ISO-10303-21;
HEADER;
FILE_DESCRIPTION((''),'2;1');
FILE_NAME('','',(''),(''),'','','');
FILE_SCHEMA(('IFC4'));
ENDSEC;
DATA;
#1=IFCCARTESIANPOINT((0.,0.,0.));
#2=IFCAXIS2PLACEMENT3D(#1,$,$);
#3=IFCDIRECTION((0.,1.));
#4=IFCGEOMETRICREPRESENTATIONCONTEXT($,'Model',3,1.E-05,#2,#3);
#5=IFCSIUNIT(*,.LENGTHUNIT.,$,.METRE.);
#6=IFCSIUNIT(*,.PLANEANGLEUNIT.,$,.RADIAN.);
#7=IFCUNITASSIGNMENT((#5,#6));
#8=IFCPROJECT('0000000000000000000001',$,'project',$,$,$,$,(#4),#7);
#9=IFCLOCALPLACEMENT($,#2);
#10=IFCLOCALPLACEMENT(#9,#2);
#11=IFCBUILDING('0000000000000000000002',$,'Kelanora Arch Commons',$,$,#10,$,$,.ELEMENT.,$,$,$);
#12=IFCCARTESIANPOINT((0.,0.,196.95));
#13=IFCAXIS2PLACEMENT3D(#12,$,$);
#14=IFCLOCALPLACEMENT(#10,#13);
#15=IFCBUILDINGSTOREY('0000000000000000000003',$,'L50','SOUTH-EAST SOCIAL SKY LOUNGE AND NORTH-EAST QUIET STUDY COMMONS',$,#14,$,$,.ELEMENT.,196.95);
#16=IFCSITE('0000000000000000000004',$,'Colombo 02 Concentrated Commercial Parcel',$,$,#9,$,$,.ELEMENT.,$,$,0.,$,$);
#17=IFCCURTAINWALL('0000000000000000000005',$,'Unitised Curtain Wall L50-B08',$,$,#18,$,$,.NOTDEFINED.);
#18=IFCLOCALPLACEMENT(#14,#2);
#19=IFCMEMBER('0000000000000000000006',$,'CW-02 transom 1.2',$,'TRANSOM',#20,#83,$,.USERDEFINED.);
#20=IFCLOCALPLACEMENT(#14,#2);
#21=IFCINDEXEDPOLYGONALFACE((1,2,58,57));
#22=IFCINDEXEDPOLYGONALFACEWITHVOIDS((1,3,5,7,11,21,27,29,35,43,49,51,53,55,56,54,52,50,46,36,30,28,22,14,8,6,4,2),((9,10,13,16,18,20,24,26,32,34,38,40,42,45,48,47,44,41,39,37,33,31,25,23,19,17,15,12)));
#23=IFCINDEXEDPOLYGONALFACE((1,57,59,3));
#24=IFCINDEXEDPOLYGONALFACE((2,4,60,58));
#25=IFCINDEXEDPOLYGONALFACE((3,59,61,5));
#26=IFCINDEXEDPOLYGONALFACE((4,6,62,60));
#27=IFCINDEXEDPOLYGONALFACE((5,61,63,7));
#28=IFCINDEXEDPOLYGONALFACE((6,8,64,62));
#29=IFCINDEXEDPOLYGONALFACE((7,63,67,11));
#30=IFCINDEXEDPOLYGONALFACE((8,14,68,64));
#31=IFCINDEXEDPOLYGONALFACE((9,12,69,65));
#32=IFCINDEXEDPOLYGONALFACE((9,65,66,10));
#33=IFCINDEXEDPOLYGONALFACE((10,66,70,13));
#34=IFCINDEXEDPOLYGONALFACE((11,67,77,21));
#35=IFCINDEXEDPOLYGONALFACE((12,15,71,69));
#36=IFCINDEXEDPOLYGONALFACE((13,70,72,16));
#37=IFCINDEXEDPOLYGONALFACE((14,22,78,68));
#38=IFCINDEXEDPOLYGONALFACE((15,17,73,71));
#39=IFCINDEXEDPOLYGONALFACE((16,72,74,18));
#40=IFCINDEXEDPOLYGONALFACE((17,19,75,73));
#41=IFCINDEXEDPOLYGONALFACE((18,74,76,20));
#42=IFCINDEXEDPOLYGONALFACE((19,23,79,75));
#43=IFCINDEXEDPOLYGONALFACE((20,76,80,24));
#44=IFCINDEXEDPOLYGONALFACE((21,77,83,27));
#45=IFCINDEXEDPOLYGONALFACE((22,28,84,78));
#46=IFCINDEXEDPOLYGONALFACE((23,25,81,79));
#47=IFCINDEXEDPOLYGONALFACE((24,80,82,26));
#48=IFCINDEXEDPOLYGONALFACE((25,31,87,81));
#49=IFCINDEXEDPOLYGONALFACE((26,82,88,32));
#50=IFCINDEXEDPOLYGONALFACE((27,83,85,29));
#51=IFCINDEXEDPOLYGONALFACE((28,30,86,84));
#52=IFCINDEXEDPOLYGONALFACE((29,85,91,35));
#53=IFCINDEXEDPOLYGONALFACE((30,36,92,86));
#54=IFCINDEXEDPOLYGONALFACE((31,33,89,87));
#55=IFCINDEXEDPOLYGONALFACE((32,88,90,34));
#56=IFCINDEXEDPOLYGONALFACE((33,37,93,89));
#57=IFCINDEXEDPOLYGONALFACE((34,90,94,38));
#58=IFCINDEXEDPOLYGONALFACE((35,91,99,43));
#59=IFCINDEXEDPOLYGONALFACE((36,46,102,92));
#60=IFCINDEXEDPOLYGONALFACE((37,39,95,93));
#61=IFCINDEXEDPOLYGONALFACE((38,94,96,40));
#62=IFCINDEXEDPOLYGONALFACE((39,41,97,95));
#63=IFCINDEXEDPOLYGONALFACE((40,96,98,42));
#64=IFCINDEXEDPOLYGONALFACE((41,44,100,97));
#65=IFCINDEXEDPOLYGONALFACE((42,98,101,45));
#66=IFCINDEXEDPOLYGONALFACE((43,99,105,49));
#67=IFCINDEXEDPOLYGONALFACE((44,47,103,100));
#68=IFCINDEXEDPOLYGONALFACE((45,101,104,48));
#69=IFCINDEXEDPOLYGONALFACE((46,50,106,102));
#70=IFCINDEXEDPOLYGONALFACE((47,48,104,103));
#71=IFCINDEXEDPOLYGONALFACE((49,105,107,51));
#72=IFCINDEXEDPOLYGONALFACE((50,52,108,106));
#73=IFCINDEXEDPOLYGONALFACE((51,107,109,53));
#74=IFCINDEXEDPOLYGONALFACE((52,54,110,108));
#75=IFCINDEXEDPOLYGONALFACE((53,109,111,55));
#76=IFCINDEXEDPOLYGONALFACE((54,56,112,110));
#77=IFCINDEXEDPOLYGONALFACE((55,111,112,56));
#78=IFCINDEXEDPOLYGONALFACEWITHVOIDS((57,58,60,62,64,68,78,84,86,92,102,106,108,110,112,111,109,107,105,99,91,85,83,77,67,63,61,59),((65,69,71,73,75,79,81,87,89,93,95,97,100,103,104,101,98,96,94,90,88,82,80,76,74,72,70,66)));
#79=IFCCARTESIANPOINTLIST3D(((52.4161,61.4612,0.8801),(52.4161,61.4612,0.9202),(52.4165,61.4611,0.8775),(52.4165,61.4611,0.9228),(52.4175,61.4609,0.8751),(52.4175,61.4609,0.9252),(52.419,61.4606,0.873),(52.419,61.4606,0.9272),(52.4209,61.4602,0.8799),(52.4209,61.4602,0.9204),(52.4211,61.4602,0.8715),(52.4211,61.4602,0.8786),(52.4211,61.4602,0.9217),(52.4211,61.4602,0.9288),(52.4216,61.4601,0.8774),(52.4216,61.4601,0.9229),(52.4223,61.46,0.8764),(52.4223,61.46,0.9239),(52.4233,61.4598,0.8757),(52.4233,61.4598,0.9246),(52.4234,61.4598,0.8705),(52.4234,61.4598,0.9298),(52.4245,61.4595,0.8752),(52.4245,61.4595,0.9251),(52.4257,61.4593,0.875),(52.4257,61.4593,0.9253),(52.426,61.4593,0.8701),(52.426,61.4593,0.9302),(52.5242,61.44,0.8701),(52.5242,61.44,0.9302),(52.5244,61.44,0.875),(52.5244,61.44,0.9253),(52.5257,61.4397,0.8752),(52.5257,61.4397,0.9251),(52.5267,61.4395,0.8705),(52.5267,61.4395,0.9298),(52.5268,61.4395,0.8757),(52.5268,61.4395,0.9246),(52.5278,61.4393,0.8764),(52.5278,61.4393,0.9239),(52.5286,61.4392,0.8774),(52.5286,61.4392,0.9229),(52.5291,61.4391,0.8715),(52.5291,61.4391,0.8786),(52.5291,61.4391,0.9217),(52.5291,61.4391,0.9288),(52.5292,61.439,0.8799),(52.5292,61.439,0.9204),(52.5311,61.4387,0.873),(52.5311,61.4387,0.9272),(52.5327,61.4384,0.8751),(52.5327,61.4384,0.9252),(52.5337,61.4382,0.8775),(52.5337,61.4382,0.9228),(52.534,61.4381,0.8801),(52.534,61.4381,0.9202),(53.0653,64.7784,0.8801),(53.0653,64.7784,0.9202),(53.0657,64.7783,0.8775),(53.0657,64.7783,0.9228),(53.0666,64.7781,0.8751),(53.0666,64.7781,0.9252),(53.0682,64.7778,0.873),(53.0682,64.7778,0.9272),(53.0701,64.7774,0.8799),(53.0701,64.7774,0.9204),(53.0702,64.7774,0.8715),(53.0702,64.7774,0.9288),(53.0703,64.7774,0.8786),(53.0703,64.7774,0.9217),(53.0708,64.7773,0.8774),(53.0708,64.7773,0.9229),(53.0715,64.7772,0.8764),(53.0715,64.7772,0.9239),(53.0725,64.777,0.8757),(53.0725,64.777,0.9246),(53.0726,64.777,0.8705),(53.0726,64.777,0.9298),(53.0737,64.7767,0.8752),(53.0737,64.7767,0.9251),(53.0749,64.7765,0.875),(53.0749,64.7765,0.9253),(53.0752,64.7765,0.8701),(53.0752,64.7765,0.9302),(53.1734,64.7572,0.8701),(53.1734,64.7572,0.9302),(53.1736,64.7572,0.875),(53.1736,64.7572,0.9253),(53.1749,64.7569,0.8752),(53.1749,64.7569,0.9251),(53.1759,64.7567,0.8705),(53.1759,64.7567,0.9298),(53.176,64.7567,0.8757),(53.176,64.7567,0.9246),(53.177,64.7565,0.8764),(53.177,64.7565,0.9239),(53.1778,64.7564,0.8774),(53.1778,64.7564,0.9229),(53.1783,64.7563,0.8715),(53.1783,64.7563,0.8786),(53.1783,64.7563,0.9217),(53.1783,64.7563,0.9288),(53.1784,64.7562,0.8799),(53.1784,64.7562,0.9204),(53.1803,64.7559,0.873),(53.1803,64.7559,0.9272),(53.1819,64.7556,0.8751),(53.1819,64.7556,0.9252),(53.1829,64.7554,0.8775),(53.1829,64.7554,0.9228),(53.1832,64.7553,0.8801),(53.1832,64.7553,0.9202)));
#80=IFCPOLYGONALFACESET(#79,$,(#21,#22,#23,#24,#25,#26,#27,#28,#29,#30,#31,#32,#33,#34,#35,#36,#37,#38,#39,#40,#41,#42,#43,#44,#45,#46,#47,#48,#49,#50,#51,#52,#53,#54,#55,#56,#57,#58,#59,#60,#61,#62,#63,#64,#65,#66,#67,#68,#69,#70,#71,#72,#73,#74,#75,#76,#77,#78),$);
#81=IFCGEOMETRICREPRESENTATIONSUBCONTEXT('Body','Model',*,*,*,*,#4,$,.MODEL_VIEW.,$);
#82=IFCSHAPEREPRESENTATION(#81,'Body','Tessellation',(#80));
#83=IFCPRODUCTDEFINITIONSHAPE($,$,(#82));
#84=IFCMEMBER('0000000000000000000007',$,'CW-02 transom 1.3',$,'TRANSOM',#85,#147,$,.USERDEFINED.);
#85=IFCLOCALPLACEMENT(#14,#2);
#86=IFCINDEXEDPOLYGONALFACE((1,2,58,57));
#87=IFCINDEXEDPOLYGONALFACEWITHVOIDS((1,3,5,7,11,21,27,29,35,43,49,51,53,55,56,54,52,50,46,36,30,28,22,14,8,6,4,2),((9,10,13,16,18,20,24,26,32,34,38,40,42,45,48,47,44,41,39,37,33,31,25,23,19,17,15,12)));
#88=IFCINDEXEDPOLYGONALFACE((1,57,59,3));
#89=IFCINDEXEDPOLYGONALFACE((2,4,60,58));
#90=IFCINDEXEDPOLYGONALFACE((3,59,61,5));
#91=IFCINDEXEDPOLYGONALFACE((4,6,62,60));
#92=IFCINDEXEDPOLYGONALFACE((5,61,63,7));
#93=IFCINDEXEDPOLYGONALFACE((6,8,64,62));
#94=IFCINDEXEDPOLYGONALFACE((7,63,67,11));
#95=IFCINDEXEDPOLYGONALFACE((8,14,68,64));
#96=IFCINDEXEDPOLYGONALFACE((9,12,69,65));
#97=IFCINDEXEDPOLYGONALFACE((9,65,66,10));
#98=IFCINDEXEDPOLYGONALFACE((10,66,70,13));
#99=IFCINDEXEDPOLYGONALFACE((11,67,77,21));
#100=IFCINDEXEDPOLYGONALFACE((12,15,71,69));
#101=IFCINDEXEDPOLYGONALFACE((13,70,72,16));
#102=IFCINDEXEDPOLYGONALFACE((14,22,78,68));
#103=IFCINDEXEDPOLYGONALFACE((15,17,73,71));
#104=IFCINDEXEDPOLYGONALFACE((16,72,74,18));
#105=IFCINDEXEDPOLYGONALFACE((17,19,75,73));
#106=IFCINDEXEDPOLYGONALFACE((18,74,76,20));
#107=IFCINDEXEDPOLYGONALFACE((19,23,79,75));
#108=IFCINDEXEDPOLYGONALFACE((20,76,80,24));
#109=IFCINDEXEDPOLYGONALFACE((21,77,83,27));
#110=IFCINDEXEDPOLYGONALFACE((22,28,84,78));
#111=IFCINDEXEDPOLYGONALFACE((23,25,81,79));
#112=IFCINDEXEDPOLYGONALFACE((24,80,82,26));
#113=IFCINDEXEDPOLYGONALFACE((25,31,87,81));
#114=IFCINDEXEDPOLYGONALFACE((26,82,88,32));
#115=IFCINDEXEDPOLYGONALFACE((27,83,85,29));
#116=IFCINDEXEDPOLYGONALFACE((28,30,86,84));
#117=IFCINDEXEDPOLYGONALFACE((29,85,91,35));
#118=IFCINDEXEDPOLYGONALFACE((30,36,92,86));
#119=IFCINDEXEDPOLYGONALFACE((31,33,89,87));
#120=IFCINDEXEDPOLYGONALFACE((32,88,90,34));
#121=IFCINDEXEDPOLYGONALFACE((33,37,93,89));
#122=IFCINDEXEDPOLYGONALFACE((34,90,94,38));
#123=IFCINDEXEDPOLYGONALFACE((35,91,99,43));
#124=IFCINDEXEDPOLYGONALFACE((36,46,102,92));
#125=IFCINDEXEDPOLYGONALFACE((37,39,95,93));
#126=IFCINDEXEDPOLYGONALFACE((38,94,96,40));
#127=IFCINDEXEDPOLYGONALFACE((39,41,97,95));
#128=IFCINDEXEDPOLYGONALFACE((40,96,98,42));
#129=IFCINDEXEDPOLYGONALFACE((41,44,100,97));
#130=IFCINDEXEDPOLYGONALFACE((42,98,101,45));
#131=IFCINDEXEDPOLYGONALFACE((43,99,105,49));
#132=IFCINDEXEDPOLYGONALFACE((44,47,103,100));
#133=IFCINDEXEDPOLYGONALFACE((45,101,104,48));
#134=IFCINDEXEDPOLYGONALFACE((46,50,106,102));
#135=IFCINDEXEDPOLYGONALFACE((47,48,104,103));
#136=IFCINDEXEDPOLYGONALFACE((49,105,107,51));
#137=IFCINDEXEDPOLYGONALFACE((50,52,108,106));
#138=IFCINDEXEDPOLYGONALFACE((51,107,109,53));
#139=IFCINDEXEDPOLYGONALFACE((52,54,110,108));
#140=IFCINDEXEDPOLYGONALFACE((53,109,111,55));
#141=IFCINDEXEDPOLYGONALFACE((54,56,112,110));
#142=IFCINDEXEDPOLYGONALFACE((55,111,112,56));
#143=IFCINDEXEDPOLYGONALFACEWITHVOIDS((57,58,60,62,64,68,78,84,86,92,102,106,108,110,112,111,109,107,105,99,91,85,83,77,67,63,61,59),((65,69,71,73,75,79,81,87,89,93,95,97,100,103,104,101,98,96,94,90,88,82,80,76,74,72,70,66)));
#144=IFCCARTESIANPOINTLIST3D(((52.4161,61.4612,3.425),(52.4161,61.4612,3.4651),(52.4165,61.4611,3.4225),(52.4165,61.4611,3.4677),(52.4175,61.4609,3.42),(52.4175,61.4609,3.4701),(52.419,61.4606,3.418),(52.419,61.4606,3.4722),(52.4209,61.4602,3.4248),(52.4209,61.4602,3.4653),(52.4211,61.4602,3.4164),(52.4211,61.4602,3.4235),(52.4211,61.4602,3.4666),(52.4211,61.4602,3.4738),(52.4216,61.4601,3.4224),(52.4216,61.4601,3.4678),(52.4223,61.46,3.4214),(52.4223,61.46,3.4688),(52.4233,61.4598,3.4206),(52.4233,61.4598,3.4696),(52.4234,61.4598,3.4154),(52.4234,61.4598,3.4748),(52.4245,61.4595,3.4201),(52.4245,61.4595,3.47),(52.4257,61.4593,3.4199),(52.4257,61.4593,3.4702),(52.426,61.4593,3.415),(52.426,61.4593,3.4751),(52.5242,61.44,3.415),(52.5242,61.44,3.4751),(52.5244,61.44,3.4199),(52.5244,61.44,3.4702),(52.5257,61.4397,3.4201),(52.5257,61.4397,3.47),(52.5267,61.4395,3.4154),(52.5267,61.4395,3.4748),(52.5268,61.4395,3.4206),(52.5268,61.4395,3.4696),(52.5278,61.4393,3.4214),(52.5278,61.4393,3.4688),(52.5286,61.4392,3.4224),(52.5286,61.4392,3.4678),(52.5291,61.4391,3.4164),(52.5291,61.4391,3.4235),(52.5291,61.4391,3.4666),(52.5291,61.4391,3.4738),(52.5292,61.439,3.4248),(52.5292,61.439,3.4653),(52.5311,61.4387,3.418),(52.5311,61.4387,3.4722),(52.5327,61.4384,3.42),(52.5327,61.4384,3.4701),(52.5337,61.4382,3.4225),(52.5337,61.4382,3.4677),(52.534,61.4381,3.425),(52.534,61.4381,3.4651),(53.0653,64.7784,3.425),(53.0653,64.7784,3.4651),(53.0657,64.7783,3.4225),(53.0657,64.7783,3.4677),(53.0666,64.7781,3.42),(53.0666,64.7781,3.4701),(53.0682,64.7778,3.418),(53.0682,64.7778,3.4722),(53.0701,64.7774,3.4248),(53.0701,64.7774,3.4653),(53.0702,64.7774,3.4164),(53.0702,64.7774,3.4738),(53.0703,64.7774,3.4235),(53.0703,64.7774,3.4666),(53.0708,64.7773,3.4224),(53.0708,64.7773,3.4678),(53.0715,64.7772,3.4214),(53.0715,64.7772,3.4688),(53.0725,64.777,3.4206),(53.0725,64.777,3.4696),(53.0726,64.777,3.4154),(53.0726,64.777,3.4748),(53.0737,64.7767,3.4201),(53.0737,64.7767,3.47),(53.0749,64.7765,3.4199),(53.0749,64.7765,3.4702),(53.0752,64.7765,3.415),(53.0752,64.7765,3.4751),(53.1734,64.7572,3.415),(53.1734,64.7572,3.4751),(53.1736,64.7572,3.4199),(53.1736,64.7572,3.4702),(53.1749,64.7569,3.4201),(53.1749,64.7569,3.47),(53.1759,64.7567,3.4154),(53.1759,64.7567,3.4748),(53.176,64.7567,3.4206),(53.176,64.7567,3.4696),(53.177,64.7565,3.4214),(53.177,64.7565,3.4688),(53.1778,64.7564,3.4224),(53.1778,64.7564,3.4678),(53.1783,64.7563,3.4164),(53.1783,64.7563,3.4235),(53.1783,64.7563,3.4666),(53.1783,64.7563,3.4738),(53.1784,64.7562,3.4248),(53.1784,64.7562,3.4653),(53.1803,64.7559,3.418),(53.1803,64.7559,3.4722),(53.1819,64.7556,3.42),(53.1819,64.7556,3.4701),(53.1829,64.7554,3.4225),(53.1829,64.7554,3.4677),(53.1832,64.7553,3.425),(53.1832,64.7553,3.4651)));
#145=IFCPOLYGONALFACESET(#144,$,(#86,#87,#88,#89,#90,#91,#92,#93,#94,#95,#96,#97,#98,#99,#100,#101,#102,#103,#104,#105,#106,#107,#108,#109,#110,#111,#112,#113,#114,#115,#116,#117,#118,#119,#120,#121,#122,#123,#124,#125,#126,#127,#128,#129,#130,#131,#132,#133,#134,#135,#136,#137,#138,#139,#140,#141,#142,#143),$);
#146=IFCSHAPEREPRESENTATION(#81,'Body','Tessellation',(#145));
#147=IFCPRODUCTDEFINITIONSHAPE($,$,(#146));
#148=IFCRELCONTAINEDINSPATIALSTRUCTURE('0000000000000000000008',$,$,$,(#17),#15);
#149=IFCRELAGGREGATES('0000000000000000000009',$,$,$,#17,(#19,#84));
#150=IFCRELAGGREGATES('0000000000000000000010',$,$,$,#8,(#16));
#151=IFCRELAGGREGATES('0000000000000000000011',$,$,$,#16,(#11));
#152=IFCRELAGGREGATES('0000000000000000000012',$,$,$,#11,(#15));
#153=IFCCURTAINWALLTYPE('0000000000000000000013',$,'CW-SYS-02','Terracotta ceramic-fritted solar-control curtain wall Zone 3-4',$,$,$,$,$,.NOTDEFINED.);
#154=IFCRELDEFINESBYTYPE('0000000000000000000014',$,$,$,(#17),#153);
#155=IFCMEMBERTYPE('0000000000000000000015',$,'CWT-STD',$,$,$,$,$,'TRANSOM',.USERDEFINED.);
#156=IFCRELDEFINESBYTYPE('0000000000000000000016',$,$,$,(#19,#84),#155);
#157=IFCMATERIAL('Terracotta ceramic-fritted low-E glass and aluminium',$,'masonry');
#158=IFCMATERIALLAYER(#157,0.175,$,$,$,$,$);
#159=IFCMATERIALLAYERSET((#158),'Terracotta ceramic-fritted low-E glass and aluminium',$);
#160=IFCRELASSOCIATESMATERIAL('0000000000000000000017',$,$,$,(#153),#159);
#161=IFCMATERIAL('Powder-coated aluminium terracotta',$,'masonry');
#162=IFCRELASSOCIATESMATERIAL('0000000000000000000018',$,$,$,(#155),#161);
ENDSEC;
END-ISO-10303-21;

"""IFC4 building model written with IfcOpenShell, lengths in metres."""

from ifc_helpers import new_model, si_unit, direction, frame, origin, origin_2d, place, context, subcontext, project, spatial, hollow_rectangle, extrude, material, layer, layer_set, material_profile, profile_set, type_object, element, aggregate, save


model = new_model("IFC4")

# Units and contexts
model_context = context("Model", 3, precision=1e-05, world=origin(), true_north=direction((0.0, 1.0)))
body_context = subcontext(model_context, "Body", "Model", "MODEL_VIEW")
ifc_project = project(units=[si_unit("LENGTHUNIT", "METRE"), si_unit("PLANEANGLEUNIT", "RADIAN")], contexts=[model_context])

# Site, building, storey
site_placement = place(None, origin())
site = spatial("IfcSite", under=ifc_project, at=site_placement, Name="Colombo 02 Concentrated Commercial Parcel", CompositionType="ELEMENT", RefElevation=0.0)
building_placement = place(site_placement, origin())
building = spatial("IfcBuilding", under=site, at=building_placement, Name="Kelanora Arch Commons", CompositionType="ELEMENT")
storey_placement = place(building_placement, frame((0.0, 0.0, 196.95)))
storey = spatial("IfcBuildingStorey", under=building, at=storey_placement, Name="L50", Description="SOUTH-EAST SOCIAL SKY LOUNGE AND NORTH-EAST QUIET STUDY COMMONS", CompositionType="ELEMENT", Elevation=196.95)

# Curtain wall, members
ifc_material_1 = material(Name="Terracotta ceramic-fritted low-E glass and aluminium", Category="masonry")
ifc_layer_1 = layer(ifc_material_1, 0.175)
ifc_layer_set_1 = layer_set([ifc_layer_1], Name="Terracotta ceramic-fritted low-E glass and aluminium")
curtain_wall_type = type_object("IfcCurtainWallType", Name="CW-SYS-02", Description="Terracotta ceramic-fritted solar-control curtain wall Zone 3-4", PredefinedType="NOTDEFINED", material=ifc_layer_set_1)
curtain_wall_placement = place(storey_placement, origin())
curtain_wall = element("IfcCurtainWall", 1, at=curtain_wall_placement, inside=storey, type_object=curtain_wall_type, Name="Unitised Curtain Wall L50-B08", PredefinedType="NOTDEFINED")
ifc_material_2 = material(Name="Powder-coated aluminium terracotta", Category="masonry")
ifc_material_profile_1 = material_profile(ifc_material_2, hollow_rectangle(XDim=0.1201, YDim=0.0601, WallThickness=0.0049, InnerFilletRadius=0.0049, OuterFilletRadius=0.01, at=origin_2d()), Name="CWT120x60")
ifc_profile_set_1 = profile_set([ifc_material_profile_1], Name="Powder-coated aluminium terracotta")
member_type_1 = type_object("IfcMemberType", Name="CWT-STD", ElementType="TRANSOM", PredefinedType="USERDEFINED", material=ifc_profile_set_1)
member_1_placement = place(storey_placement, frame((53.1243, 64.7668, 0.9001), z_axis=(-0.192058, -0.981383, 0.0), x_axis=(0.981383, -0.192058, 0.0)))
member_1 = element("IfcMember", 2, at=member_1_placement, type_object=member_type_1, Name="CW-02 transom 1.2", ObjectType="TRANSOM", PredefinedType="USERDEFINED", context=body_context, shape_type="SweptSolid", body=[
    extrude(hollow_rectangle(XDim=0.1201, YDim=0.0601, WallThickness=0.0049, InnerFilletRadius=0.0049, OuterFilletRadius=0.01, at=origin_2d()), origin(), (0.0, 0.0, 1.0), 3.3801),
])
member_2_placement = place(storey_placement, frame((53.1243, 64.7668, 3.4451), z_axis=(-0.192058, -0.981383, 0.0), x_axis=(0.981383, -0.192058, 0.0)))
member_2 = element("IfcMember", 3, at=member_2_placement, type_object=member_type_1, Name="CW-02 transom 1.3", ObjectType="TRANSOM", PredefinedType="USERDEFINED", context=body_context, shape_type="SweptSolid", body=[
    extrude(hollow_rectangle(XDim=0.1201, YDim=0.0601, WallThickness=0.0049, InnerFilletRadius=0.0049, OuterFilletRadius=0.01, at=origin_2d()), origin(), (0.0, 0.0, 1.0), 3.3801),
])
aggregate(curtain_wall, [member_1, member_2])

save(model, "model.ifc")
